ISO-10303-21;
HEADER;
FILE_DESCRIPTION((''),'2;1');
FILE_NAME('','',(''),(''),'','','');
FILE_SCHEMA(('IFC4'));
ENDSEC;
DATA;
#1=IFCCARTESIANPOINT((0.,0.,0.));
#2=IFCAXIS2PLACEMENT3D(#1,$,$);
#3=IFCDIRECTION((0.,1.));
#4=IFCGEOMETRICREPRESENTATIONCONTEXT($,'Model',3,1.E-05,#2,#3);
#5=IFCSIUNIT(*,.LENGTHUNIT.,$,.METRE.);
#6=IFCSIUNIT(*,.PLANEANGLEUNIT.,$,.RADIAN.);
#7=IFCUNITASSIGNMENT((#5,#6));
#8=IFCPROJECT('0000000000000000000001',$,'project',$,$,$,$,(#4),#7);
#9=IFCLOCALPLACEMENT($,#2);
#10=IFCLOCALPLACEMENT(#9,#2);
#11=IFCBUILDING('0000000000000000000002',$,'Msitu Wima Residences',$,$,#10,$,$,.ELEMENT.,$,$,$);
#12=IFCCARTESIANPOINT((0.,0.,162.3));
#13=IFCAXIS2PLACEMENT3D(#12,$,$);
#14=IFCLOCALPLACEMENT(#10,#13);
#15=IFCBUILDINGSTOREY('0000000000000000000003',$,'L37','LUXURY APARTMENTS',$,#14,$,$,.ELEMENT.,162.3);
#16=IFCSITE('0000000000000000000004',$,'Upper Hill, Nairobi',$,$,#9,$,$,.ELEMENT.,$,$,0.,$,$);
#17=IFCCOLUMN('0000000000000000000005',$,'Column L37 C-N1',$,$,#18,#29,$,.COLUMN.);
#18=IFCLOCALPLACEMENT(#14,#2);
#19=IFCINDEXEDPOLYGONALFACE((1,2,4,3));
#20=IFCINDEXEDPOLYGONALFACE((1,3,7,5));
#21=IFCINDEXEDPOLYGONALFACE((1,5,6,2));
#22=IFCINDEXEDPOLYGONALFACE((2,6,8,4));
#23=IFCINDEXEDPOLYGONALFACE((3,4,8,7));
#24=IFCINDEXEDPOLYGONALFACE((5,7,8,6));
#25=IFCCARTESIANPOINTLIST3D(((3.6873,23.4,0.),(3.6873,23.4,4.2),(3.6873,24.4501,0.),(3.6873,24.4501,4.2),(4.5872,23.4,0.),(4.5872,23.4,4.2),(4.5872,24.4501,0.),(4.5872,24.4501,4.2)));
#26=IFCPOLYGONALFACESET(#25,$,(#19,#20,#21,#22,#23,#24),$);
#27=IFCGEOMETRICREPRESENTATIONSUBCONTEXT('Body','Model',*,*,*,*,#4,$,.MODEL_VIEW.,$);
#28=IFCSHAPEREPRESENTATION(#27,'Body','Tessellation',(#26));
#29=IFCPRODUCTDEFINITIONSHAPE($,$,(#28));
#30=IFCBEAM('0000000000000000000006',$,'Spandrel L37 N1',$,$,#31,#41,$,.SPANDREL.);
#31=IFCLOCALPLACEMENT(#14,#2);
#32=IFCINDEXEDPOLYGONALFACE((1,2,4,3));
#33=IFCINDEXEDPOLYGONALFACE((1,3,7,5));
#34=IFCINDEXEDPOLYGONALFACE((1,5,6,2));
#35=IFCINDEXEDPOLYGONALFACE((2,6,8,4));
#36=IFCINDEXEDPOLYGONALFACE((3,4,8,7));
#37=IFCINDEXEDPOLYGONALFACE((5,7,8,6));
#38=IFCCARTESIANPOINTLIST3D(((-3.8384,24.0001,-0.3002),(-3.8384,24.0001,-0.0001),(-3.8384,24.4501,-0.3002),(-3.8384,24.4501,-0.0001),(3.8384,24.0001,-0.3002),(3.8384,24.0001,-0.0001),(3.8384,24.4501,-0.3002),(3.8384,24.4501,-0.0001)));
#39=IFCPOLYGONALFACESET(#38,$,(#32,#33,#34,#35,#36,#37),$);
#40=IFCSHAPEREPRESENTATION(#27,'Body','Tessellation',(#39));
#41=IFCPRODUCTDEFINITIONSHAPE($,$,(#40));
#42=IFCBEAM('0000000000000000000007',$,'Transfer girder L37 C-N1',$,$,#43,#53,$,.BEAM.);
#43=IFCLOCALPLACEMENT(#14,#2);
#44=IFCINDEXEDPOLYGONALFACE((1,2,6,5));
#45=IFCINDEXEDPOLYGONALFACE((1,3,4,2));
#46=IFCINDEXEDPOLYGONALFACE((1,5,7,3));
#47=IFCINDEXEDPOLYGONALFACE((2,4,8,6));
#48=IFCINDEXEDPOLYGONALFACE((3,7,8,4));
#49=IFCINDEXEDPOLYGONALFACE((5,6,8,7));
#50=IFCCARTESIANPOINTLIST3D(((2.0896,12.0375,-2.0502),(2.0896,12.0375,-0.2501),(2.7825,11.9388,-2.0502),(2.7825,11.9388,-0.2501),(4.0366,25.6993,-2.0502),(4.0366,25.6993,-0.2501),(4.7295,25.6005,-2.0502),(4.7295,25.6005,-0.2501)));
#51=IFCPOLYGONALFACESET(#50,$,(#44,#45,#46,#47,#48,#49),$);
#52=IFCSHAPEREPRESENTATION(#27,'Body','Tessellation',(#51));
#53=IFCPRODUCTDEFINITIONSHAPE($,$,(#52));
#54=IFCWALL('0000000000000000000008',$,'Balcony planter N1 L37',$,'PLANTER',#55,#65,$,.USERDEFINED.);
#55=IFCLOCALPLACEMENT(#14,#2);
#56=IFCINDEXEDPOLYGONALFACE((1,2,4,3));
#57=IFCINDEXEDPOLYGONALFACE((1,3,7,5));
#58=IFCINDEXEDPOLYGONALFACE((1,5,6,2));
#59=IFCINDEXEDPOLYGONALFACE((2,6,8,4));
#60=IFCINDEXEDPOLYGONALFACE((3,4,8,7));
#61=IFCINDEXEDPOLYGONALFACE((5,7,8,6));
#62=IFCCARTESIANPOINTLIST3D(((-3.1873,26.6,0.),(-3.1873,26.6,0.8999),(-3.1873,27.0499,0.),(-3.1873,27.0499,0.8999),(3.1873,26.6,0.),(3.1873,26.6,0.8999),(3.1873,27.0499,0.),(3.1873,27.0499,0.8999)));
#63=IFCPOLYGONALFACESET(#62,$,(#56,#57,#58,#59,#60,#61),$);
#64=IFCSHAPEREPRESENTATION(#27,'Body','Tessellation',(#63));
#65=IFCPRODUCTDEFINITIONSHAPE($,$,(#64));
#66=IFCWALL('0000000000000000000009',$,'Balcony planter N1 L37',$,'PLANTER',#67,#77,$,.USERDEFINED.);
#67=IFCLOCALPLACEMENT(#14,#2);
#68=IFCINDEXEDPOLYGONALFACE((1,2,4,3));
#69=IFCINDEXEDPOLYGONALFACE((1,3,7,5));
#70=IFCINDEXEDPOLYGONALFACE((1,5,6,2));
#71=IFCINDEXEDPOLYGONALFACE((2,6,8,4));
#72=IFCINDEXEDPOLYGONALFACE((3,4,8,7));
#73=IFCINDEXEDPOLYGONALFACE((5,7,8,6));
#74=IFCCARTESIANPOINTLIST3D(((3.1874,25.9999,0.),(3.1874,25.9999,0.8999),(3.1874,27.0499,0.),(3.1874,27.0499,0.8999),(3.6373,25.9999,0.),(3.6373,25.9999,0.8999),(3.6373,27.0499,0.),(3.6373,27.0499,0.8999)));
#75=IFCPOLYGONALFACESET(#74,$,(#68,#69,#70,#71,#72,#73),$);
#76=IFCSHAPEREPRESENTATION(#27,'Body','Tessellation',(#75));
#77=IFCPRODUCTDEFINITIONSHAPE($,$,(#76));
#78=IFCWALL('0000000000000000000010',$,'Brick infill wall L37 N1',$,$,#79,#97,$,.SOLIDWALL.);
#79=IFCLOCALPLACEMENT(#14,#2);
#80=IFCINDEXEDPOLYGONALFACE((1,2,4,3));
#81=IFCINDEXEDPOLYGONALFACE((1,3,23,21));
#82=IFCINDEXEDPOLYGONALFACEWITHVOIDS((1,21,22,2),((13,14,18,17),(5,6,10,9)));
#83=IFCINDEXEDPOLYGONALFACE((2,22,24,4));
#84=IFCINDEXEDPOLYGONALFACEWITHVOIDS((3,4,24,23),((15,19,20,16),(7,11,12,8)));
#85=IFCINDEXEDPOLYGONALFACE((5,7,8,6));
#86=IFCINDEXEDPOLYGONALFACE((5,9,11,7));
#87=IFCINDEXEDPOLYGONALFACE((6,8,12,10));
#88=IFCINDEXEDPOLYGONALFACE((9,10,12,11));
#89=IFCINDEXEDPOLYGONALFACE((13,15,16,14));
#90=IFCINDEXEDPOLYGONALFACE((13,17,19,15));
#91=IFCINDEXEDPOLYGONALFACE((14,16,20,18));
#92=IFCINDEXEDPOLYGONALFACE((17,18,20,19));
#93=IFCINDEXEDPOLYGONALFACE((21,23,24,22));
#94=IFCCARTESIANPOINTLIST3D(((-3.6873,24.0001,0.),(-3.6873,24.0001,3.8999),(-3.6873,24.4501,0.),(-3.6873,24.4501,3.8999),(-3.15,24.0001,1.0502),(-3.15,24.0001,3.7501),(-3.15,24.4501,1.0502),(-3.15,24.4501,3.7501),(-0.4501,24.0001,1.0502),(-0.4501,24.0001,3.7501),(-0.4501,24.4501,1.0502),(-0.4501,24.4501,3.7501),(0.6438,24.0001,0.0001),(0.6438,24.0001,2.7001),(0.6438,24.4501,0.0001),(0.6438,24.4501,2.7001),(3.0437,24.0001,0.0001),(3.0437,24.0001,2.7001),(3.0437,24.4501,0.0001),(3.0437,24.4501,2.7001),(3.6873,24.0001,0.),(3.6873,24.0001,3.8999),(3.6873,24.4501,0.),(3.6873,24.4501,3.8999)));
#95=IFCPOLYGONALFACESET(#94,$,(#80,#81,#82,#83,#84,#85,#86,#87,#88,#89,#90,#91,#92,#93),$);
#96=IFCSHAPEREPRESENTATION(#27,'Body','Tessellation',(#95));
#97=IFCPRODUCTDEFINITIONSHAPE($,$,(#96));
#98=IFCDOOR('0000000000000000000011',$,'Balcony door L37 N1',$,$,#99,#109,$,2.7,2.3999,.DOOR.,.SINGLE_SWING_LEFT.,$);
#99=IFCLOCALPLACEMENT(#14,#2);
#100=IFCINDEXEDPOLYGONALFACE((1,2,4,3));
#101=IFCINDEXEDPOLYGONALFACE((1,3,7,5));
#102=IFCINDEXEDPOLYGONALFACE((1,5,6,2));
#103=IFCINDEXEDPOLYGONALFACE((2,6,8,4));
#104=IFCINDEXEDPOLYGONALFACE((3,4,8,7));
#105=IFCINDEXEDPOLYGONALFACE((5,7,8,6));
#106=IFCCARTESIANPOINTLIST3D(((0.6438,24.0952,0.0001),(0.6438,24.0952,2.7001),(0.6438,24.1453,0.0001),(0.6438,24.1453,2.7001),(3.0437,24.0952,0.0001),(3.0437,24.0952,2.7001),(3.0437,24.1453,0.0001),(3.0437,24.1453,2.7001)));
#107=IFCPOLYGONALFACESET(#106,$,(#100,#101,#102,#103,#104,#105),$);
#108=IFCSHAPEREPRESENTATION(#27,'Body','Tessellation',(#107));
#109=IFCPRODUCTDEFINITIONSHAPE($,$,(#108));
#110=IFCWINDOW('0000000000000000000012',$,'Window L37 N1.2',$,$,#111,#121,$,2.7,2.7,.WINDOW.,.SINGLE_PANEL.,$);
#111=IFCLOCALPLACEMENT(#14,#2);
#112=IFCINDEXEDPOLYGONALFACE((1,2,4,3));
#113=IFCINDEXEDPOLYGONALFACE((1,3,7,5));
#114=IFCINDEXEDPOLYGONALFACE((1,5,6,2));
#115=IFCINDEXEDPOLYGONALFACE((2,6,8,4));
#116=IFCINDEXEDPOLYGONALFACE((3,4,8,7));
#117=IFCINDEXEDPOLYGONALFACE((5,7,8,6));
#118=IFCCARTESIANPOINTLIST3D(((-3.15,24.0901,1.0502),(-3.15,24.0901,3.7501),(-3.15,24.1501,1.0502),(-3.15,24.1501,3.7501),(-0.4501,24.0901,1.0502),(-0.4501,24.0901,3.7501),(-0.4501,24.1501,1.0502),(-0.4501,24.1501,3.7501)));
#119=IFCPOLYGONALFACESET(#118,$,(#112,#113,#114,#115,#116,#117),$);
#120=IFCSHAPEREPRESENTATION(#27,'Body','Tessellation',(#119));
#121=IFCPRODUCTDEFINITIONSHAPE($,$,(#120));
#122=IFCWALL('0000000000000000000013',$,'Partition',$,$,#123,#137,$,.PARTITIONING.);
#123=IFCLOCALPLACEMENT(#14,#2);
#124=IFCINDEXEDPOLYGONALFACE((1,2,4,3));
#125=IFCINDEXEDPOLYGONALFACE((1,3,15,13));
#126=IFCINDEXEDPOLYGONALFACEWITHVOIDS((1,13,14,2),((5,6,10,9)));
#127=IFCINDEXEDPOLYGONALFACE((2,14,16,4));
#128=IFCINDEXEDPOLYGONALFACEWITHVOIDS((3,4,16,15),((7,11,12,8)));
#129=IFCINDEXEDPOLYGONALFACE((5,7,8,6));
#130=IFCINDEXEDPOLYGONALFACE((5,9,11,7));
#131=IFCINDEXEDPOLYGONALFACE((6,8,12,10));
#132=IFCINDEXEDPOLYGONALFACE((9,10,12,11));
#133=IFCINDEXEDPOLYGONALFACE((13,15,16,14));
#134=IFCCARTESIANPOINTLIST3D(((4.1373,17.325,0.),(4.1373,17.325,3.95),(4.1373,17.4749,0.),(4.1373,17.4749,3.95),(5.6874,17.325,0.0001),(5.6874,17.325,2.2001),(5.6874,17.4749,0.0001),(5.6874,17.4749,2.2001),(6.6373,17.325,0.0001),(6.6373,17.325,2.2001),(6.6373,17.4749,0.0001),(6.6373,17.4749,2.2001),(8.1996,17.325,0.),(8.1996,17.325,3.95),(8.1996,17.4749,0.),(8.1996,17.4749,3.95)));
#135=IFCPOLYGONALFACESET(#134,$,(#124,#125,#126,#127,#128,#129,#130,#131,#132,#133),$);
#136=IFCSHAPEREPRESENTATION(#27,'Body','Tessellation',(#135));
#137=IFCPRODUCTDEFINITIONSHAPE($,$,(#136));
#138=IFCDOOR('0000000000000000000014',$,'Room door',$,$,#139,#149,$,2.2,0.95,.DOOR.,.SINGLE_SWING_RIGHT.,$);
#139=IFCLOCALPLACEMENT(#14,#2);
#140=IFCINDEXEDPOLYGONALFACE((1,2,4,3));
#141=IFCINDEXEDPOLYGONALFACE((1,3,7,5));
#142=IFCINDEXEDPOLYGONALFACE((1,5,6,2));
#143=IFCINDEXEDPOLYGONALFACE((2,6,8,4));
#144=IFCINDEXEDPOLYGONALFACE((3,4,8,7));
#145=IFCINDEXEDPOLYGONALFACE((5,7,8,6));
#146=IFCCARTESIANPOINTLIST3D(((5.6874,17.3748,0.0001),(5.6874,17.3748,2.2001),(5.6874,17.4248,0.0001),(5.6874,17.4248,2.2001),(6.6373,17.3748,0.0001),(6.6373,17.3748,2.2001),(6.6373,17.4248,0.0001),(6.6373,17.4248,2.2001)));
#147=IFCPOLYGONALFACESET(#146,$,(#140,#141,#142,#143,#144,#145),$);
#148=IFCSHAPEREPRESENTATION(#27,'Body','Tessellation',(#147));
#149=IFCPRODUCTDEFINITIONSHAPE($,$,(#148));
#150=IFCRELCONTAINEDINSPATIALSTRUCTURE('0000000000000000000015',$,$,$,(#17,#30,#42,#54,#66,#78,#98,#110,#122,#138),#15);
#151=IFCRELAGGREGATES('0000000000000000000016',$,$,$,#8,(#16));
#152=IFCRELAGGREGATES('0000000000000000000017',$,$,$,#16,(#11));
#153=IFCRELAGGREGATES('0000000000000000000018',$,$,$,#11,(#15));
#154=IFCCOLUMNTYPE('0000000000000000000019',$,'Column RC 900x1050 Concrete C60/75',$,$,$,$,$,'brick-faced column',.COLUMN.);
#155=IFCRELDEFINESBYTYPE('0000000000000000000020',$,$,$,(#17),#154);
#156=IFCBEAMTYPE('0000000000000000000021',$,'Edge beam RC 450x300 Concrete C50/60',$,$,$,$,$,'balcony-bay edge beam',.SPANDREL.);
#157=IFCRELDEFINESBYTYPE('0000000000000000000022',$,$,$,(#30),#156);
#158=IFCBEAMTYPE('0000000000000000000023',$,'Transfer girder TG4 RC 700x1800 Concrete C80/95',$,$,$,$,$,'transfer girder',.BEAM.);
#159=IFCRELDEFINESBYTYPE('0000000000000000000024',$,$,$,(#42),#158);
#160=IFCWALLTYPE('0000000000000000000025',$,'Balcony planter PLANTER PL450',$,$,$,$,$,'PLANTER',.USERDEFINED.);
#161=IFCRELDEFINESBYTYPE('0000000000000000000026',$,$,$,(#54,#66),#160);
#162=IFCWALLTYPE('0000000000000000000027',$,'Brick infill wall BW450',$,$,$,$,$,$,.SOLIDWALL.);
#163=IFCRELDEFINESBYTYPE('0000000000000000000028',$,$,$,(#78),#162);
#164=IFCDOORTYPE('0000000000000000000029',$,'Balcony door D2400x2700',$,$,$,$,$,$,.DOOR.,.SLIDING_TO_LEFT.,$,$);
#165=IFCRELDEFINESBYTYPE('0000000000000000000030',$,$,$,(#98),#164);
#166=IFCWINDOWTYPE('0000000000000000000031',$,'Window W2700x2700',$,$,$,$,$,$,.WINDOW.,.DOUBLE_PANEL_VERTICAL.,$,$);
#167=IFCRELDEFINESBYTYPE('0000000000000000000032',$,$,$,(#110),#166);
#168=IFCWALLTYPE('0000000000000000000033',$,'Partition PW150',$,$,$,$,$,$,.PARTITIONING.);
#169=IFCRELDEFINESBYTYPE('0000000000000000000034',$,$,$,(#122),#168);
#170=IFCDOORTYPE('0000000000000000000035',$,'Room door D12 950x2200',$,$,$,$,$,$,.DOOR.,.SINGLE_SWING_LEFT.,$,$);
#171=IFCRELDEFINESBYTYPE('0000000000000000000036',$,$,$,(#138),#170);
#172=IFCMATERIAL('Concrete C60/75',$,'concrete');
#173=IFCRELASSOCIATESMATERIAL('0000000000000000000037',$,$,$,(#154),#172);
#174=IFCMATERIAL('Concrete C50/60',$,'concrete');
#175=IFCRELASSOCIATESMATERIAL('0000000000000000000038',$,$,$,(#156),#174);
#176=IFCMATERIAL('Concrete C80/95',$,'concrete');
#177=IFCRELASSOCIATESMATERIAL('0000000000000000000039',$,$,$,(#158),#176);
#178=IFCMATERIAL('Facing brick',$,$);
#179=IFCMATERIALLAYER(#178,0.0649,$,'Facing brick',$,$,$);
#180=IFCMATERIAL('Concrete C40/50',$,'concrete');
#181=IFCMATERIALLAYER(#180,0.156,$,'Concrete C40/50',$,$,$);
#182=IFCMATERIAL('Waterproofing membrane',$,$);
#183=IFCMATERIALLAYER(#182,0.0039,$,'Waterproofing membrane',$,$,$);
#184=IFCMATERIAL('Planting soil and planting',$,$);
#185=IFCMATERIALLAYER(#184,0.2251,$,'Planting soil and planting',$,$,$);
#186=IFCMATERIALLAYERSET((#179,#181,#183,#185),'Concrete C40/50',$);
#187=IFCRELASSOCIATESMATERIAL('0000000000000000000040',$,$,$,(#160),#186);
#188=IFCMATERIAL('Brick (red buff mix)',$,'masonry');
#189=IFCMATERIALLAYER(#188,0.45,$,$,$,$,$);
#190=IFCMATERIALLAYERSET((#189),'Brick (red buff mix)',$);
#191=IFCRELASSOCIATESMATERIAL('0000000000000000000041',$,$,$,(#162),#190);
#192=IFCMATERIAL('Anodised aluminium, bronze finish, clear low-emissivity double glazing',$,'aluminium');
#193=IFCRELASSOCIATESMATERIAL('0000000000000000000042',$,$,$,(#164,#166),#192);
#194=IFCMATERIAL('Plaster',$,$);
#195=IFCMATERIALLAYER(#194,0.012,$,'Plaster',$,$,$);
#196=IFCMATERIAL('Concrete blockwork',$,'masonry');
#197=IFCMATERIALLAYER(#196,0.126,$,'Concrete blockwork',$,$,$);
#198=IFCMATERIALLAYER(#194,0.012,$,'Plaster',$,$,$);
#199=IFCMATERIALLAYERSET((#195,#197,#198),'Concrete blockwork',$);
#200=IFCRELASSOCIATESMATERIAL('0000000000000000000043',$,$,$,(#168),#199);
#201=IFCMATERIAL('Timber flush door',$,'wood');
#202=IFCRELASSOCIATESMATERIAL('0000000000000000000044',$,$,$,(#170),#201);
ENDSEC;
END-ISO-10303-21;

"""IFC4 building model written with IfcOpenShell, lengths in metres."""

from ifc_helpers import new_model, si_unit, direction, frame, frame_2d, origin, origin_2d, place, context, subcontext, project, spatial, rectangle, extrude, material, layer, layer_set, material_profile, profile_set, type_object, element, fill, save


model = new_model("IFC4")

# Units and contexts
model_context = context("Model", 3, precision=1e-05, world=origin(), true_north=direction((0.0, 1.0)))
body_context = subcontext(model_context, "Body", "Model", "MODEL_VIEW")
ifc_project = project(units=[si_unit("LENGTHUNIT", "METRE"), si_unit("PLANEANGLEUNIT", "RADIAN")], contexts=[model_context])

# Site, building, storey
site_placement = place(None, origin())
site = spatial("IfcSite", under=ifc_project, at=site_placement, Name="Upper Hill, Nairobi", CompositionType="ELEMENT", RefElevation=0.0)
building_placement = place(site_placement, origin())
building = spatial("IfcBuilding", under=site, at=building_placement, Name="Msitu Wima Residences", CompositionType="ELEMENT")
storey_placement = place(building_placement, frame((0.0, 0.0, 162.3)))
storey = spatial("IfcBuildingStorey", under=building, at=storey_placement, Name="L37", Description="LUXURY APARTMENTS", CompositionType="ELEMENT", Elevation=162.3)

# Column
ifc_material_1 = material(Name="Concrete C60/75", Category="concrete")
ifc_material_profile_1 = material_profile(ifc_material_1, rectangle(XDim=0.8999, YDim=1.05, at=origin_2d()), Name="RC 900x1050")
ifc_profile_set_1 = profile_set([ifc_material_profile_1], Name="Concrete C60/75")
column_type = type_object("IfcColumnType", Name="Column RC 900x1050 Concrete C60/75", ElementType="brick-faced column", PredefinedType="COLUMN", material=ifc_profile_set_1)
column_placement = place(storey_placement, frame((4.1372, 23.925, 0.0), z_axis=(0.0, 0.0, 1.0), x_axis=(-1.0, 0.0, 0.0)))
element("IfcColumn", 1, at=column_placement, inside=storey, type_object=column_type, Name="Column L37 C-N1", PredefinedType="COLUMN", context=body_context, shape_type="SweptSolid", body=[
    extrude(rectangle(XDim=0.8999, YDim=1.05, at=origin_2d()), origin(), (0.0, 0.0, 1.0), 4.2),
])

# Beams
ifc_material_2 = material(Name="Concrete C50/60", Category="concrete")
ifc_material_profile_2 = material_profile(ifc_material_2, rectangle(XDim=0.45, YDim=0.3, at=origin_2d()), Name="RC 450x300")
ifc_profile_set_2 = profile_set([ifc_material_profile_2], Name="Concrete C50/60")
beam_type_1 = type_object("IfcBeamType", Name="Edge beam RC 450x300 Concrete C50/60", ElementType="balcony-bay edge beam", PredefinedType="SPANDREL", material=ifc_profile_set_2)
beam_1_placement = place(storey_placement, frame((3.8384, 24.2251, -0.1501), z_axis=(-1.0, 0.0, 0.0), x_axis=(0.0, -1.0, 0.0)))
element("IfcBeam", 2, at=beam_1_placement, inside=storey, type_object=beam_type_1, Name="Spandrel L37 N1", PredefinedType="SPANDREL", context=body_context, shape_type="SweptSolid", body=[
    extrude(rectangle(XDim=0.45, YDim=0.3, at=origin_2d()), origin(), (0.0, 0.0, 1.0), 7.6768),
])
ifc_material_3 = material(Name="Concrete C80/95", Category="concrete")
ifc_material_profile_3 = material_profile(ifc_material_3, rectangle(XDim=0.7, YDim=1.8, at=origin_2d()), Name="RC 700x1800")
ifc_profile_set_3 = profile_set([ifc_material_profile_3], Name="Concrete C80/95")
beam_type_2 = type_object("IfcBeamType", Name="Transfer girder TG4 RC 700x1800 Concrete C80/95", ElementType="transfer girder", PredefinedType="BEAM", material=ifc_profile_set_3)
beam_2_placement = place(storey_placement, frame((4.3831, 25.6499, -1.1501), z_axis=(-0.141089, -0.989997, 0.0), x_axis=(0.989997, -0.141089, 0.0)))
element("IfcBeam", 3, at=beam_2_placement, inside=storey, type_object=beam_type_2, Name="Transfer girder L37 C-N1", PredefinedType="BEAM", context=body_context, shape_type="SweptSolid", body=[
    extrude(rectangle(XDim=0.7, YDim=1.8, at=origin_2d()), origin(), (0.0, 0.0, 1.0), 13.7998),
])

# Walls
ifc_material_4 = material(Name="Facing brick")
ifc_layer_1 = layer(ifc_material_4, 0.0649, Name="Facing brick")
ifc_material_5 = material(Name="Concrete C40/50", Category="concrete")
ifc_layer_2 = layer(ifc_material_5, 0.156, Name="Concrete C40/50")
ifc_material_6 = material(Name="Waterproofing membrane")
ifc_layer_3 = layer(ifc_material_6, 0.0039, Name="Waterproofing membrane")
ifc_material_7 = material(Name="Planting soil and planting")
ifc_layer_4 = layer(ifc_material_7, 0.2251, Name="Planting soil and planting")
ifc_layer_set_1 = layer_set([ifc_layer_1, ifc_layer_2, ifc_layer_3, ifc_layer_4], Name="Concrete C40/50")
wall_type_1 = type_object("IfcWallType", Name="Balcony planter PLANTER PL450", ElementType="PLANTER", PredefinedType="USERDEFINED", material=ifc_layer_set_1)
wall_1_placement = place(storey_placement, frame((3.1873, 26.825, 0.0), z_axis=(0.0, 0.0, 1.0), x_axis=(-1.0, 0.0, 0.0)))
element("IfcWall", 4, at=wall_1_placement, inside=storey, type_object=wall_type_1, Name="Balcony planter N1 L37", ObjectType="PLANTER", PredefinedType="USERDEFINED", context=body_context, shape_type="SweptSolid", body=[
    extrude(rectangle(XDim=6.3745, YDim=0.45, at=frame_2d((3.1873, 0.0))), origin(), (0.0, 0.0, 1.0), 0.8999),
])
wall_2_placement = place(storey_placement, frame((3.4124, 26.0, 0.0), z_axis=(0.0, 0.0, 1.0), x_axis=(0.0, 1.0, 0.0)))
element("IfcWall", 5, at=wall_2_placement, inside=storey, type_object=wall_type_1, Name="Balcony planter N1 L37", ObjectType="PLANTER", PredefinedType="USERDEFINED", context=body_context, shape_type="SweptSolid", body=[
    extrude(rectangle(XDim=1.05, YDim=0.45, at=frame_2d((0.5249, 0.0))), origin(), (0.0, 0.0, 1.0), 0.8999),
])

# Wall, openings, door, window
ifc_material_8 = material(Name="Brick (red buff mix)", Category="masonry")
ifc_layer_5 = layer(ifc_material_8, 0.45)
ifc_layer_set_2 = layer_set([ifc_layer_5], Name="Brick (red buff mix)")
wall_type_2 = type_object("IfcWallType", Name="Brick infill wall BW450", PredefinedType="SOLIDWALL", material=ifc_layer_set_2)
wall_3_placement = place(storey_placement, frame((3.6873, 24.2251, 0.0), z_axis=(0.0, 0.0, 1.0), x_axis=(-1.0, 0.0, 0.0)))
wall_3 = element("IfcWall", 6, at=wall_3_placement, inside=storey, type_object=wall_type_2, Name="Brick infill wall L37 N1", PredefinedType="SOLIDWALL", context=body_context, shape_type="SweptSolid", body=[
    extrude(rectangle(XDim=7.3745, YDim=0.45, at=frame_2d((3.6873, 0.0))), origin(), (0.0, 0.0, 1.0), 3.8999),
])
opening_1_placement = place(wall_3_placement, frame((0.6436, 0.0, 0.0)))
opening_1 = element("IfcOpeningElement", 7, at=opening_1_placement, cuts=wall_3, PredefinedType="OPENING", context=body_context, shape_type="SweptSolid", body=[
    extrude(rectangle(XDim=2.3999, YDim=2.7, at=frame_2d((1.2, 1.3501))), frame((0.0, 0.2349, 0.0), z_axis=(0.0, -1.0, 0.0), x_axis=(1.0, 0.0, 0.0)), (0.0, 0.0, 1.0), 0.47),
])
opening_2_placement = place(wall_3_placement, frame((4.1372, 0.0, 1.05)))
opening_2 = element("IfcOpeningElement", 8, at=opening_2_placement, cuts=wall_3, PredefinedType="OPENING", context=body_context, shape_type="SweptSolid", body=[
    extrude(rectangle(XDim=2.7, YDim=2.7, at=frame_2d((1.3501, 1.3501))), frame((0.0, 0.2349, 0.0), z_axis=(0.0, -1.0, 0.0), x_axis=(1.0, 0.0, 0.0)), (0.0, 0.0, 1.0), 0.47),
])
ifc_material_9 = material(Name="Anodised aluminium, bronze finish, clear low-emissivity double glazing", Category="aluminium")
door_type_1 = type_object("IfcDoorType", Name="Balcony door D2400x2700", OperationType="SLIDING_TO_LEFT", PredefinedType="DOOR", material=ifc_material_9)
door_1_placement = place(opening_1_placement, origin())
door_1 = element("IfcDoor", 9, at=door_1_placement, inside=storey, type_object=door_type_1, Name="Balcony door L37 N1", OperationType="SINGLE_SWING_LEFT", OverallHeight=2.7, OverallWidth=2.3999, PredefinedType="DOOR", context=body_context, shape_type="SweptSolid", body=[
    extrude(rectangle(XDim=2.3999, YDim=2.7, at=frame_2d((1.2, 1.3501))), frame((0.0, 0.1299, 0.0), z_axis=(0.0, -1.0, 0.0), x_axis=(1.0, 0.0, 0.0)), (0.0, 0.0, 1.0), 0.05),
])
fill(opening_1, door_1)
window_type = type_object("IfcWindowType", Name="Window W2700x2700", PartitioningType="DOUBLE_PANEL_VERTICAL", PredefinedType="WINDOW", material=ifc_material_9)
window_placement = place(opening_2_placement, origin())
window = element("IfcWindow", 10, at=window_placement, inside=storey, type_object=window_type, Name="Window L37 N1.2", OverallHeight=2.7, OverallWidth=2.7, PartitioningType="SINGLE_PANEL", PredefinedType="WINDOW", context=body_context, shape_type="SweptSolid", body=[
    extrude(rectangle(XDim=2.7, YDim=2.7, at=frame_2d((1.3501, 1.3501))), frame((0.0, 0.135, 0.0), z_axis=(0.0, -1.0, 0.0), x_axis=(1.0, 0.0, 0.0)), (0.0, 0.0, 1.0), 0.0601),
])
fill(opening_2, window)

# Wall, opening, door
ifc_material_10 = material(Name="Plaster")
ifc_layer_6 = layer(ifc_material_10, 0.012, Name="Plaster")
ifc_material_11 = material(Name="Concrete blockwork", Category="masonry")
ifc_layer_7 = layer(ifc_material_11, 0.126, Name="Concrete blockwork")
ifc_layer_8 = layer(ifc_material_10, 0.012, Name="Plaster")
ifc_layer_set_3 = layer_set([ifc_layer_6, ifc_layer_7, ifc_layer_8], Name="Concrete blockwork")
wall_type_3 = type_object("IfcWallType", Name="Partition PW150", PredefinedType="PARTITIONING", material=ifc_layer_set_3)
wall_4_placement = place(storey_placement, frame((4.1372, 17.3999, 0.0), z_axis=(0.0, 0.0, 1.0), x_axis=(1.0, 0.0, 0.0)))
wall_4 = element("IfcWall", 11, at=wall_4_placement, inside=storey, type_object=wall_type_3, Name="Partition", PredefinedType="PARTITIONING", context=body_context, shape_type="SweptSolid", body=[
    extrude(rectangle(XDim=4.0623, YDim=0.1499, at=frame_2d((2.0312, 0.0))), origin(), (0.0, 0.0, 1.0), 3.95),
])
opening_3_placement = place(wall_4_placement, frame((1.55, 0.0, 0.0)))
opening_3 = element("IfcOpeningElement", 12, at=opening_3_placement, cuts=wall_4, PredefinedType="OPENING", context=body_context, shape_type="SweptSolid", body=[
    extrude(rectangle(XDim=0.95, YDim=2.2, at=frame_2d((0.4751, 1.1001))), frame((0.0, 0.085, 0.0), z_axis=(0.0, -1.0, 0.0), x_axis=(1.0, 0.0, 0.0)), (0.0, 0.0, 1.0), 0.1699),
])
ifc_material_12 = material(Name="Timber flush door", Category="wood")
door_type_2 = type_object("IfcDoorType", Name="Room door D12 950x2200", OperationType="SINGLE_SWING_LEFT", PredefinedType="DOOR", material=ifc_material_12)
door_2_placement = place(opening_3_placement, origin())
door_2 = element("IfcDoor", 13, at=door_2_placement, inside=storey, type_object=door_type_2, Name="Room door", OperationType="SINGLE_SWING_RIGHT", OverallHeight=2.2, OverallWidth=0.95, PredefinedType="DOOR", context=body_context, shape_type="SweptSolid", body=[
    extrude(rectangle(XDim=0.95, YDim=2.2, at=frame_2d((0.4751, 1.1001))), frame((0.0, 0.0249, 0.0), z_axis=(0.0, -1.0, 0.0), x_axis=(1.0, 0.0, 0.0)), (0.0, 0.0, 1.0), 0.05),
])
fill(opening_3, door_2)

save(model, "model.ifc")
